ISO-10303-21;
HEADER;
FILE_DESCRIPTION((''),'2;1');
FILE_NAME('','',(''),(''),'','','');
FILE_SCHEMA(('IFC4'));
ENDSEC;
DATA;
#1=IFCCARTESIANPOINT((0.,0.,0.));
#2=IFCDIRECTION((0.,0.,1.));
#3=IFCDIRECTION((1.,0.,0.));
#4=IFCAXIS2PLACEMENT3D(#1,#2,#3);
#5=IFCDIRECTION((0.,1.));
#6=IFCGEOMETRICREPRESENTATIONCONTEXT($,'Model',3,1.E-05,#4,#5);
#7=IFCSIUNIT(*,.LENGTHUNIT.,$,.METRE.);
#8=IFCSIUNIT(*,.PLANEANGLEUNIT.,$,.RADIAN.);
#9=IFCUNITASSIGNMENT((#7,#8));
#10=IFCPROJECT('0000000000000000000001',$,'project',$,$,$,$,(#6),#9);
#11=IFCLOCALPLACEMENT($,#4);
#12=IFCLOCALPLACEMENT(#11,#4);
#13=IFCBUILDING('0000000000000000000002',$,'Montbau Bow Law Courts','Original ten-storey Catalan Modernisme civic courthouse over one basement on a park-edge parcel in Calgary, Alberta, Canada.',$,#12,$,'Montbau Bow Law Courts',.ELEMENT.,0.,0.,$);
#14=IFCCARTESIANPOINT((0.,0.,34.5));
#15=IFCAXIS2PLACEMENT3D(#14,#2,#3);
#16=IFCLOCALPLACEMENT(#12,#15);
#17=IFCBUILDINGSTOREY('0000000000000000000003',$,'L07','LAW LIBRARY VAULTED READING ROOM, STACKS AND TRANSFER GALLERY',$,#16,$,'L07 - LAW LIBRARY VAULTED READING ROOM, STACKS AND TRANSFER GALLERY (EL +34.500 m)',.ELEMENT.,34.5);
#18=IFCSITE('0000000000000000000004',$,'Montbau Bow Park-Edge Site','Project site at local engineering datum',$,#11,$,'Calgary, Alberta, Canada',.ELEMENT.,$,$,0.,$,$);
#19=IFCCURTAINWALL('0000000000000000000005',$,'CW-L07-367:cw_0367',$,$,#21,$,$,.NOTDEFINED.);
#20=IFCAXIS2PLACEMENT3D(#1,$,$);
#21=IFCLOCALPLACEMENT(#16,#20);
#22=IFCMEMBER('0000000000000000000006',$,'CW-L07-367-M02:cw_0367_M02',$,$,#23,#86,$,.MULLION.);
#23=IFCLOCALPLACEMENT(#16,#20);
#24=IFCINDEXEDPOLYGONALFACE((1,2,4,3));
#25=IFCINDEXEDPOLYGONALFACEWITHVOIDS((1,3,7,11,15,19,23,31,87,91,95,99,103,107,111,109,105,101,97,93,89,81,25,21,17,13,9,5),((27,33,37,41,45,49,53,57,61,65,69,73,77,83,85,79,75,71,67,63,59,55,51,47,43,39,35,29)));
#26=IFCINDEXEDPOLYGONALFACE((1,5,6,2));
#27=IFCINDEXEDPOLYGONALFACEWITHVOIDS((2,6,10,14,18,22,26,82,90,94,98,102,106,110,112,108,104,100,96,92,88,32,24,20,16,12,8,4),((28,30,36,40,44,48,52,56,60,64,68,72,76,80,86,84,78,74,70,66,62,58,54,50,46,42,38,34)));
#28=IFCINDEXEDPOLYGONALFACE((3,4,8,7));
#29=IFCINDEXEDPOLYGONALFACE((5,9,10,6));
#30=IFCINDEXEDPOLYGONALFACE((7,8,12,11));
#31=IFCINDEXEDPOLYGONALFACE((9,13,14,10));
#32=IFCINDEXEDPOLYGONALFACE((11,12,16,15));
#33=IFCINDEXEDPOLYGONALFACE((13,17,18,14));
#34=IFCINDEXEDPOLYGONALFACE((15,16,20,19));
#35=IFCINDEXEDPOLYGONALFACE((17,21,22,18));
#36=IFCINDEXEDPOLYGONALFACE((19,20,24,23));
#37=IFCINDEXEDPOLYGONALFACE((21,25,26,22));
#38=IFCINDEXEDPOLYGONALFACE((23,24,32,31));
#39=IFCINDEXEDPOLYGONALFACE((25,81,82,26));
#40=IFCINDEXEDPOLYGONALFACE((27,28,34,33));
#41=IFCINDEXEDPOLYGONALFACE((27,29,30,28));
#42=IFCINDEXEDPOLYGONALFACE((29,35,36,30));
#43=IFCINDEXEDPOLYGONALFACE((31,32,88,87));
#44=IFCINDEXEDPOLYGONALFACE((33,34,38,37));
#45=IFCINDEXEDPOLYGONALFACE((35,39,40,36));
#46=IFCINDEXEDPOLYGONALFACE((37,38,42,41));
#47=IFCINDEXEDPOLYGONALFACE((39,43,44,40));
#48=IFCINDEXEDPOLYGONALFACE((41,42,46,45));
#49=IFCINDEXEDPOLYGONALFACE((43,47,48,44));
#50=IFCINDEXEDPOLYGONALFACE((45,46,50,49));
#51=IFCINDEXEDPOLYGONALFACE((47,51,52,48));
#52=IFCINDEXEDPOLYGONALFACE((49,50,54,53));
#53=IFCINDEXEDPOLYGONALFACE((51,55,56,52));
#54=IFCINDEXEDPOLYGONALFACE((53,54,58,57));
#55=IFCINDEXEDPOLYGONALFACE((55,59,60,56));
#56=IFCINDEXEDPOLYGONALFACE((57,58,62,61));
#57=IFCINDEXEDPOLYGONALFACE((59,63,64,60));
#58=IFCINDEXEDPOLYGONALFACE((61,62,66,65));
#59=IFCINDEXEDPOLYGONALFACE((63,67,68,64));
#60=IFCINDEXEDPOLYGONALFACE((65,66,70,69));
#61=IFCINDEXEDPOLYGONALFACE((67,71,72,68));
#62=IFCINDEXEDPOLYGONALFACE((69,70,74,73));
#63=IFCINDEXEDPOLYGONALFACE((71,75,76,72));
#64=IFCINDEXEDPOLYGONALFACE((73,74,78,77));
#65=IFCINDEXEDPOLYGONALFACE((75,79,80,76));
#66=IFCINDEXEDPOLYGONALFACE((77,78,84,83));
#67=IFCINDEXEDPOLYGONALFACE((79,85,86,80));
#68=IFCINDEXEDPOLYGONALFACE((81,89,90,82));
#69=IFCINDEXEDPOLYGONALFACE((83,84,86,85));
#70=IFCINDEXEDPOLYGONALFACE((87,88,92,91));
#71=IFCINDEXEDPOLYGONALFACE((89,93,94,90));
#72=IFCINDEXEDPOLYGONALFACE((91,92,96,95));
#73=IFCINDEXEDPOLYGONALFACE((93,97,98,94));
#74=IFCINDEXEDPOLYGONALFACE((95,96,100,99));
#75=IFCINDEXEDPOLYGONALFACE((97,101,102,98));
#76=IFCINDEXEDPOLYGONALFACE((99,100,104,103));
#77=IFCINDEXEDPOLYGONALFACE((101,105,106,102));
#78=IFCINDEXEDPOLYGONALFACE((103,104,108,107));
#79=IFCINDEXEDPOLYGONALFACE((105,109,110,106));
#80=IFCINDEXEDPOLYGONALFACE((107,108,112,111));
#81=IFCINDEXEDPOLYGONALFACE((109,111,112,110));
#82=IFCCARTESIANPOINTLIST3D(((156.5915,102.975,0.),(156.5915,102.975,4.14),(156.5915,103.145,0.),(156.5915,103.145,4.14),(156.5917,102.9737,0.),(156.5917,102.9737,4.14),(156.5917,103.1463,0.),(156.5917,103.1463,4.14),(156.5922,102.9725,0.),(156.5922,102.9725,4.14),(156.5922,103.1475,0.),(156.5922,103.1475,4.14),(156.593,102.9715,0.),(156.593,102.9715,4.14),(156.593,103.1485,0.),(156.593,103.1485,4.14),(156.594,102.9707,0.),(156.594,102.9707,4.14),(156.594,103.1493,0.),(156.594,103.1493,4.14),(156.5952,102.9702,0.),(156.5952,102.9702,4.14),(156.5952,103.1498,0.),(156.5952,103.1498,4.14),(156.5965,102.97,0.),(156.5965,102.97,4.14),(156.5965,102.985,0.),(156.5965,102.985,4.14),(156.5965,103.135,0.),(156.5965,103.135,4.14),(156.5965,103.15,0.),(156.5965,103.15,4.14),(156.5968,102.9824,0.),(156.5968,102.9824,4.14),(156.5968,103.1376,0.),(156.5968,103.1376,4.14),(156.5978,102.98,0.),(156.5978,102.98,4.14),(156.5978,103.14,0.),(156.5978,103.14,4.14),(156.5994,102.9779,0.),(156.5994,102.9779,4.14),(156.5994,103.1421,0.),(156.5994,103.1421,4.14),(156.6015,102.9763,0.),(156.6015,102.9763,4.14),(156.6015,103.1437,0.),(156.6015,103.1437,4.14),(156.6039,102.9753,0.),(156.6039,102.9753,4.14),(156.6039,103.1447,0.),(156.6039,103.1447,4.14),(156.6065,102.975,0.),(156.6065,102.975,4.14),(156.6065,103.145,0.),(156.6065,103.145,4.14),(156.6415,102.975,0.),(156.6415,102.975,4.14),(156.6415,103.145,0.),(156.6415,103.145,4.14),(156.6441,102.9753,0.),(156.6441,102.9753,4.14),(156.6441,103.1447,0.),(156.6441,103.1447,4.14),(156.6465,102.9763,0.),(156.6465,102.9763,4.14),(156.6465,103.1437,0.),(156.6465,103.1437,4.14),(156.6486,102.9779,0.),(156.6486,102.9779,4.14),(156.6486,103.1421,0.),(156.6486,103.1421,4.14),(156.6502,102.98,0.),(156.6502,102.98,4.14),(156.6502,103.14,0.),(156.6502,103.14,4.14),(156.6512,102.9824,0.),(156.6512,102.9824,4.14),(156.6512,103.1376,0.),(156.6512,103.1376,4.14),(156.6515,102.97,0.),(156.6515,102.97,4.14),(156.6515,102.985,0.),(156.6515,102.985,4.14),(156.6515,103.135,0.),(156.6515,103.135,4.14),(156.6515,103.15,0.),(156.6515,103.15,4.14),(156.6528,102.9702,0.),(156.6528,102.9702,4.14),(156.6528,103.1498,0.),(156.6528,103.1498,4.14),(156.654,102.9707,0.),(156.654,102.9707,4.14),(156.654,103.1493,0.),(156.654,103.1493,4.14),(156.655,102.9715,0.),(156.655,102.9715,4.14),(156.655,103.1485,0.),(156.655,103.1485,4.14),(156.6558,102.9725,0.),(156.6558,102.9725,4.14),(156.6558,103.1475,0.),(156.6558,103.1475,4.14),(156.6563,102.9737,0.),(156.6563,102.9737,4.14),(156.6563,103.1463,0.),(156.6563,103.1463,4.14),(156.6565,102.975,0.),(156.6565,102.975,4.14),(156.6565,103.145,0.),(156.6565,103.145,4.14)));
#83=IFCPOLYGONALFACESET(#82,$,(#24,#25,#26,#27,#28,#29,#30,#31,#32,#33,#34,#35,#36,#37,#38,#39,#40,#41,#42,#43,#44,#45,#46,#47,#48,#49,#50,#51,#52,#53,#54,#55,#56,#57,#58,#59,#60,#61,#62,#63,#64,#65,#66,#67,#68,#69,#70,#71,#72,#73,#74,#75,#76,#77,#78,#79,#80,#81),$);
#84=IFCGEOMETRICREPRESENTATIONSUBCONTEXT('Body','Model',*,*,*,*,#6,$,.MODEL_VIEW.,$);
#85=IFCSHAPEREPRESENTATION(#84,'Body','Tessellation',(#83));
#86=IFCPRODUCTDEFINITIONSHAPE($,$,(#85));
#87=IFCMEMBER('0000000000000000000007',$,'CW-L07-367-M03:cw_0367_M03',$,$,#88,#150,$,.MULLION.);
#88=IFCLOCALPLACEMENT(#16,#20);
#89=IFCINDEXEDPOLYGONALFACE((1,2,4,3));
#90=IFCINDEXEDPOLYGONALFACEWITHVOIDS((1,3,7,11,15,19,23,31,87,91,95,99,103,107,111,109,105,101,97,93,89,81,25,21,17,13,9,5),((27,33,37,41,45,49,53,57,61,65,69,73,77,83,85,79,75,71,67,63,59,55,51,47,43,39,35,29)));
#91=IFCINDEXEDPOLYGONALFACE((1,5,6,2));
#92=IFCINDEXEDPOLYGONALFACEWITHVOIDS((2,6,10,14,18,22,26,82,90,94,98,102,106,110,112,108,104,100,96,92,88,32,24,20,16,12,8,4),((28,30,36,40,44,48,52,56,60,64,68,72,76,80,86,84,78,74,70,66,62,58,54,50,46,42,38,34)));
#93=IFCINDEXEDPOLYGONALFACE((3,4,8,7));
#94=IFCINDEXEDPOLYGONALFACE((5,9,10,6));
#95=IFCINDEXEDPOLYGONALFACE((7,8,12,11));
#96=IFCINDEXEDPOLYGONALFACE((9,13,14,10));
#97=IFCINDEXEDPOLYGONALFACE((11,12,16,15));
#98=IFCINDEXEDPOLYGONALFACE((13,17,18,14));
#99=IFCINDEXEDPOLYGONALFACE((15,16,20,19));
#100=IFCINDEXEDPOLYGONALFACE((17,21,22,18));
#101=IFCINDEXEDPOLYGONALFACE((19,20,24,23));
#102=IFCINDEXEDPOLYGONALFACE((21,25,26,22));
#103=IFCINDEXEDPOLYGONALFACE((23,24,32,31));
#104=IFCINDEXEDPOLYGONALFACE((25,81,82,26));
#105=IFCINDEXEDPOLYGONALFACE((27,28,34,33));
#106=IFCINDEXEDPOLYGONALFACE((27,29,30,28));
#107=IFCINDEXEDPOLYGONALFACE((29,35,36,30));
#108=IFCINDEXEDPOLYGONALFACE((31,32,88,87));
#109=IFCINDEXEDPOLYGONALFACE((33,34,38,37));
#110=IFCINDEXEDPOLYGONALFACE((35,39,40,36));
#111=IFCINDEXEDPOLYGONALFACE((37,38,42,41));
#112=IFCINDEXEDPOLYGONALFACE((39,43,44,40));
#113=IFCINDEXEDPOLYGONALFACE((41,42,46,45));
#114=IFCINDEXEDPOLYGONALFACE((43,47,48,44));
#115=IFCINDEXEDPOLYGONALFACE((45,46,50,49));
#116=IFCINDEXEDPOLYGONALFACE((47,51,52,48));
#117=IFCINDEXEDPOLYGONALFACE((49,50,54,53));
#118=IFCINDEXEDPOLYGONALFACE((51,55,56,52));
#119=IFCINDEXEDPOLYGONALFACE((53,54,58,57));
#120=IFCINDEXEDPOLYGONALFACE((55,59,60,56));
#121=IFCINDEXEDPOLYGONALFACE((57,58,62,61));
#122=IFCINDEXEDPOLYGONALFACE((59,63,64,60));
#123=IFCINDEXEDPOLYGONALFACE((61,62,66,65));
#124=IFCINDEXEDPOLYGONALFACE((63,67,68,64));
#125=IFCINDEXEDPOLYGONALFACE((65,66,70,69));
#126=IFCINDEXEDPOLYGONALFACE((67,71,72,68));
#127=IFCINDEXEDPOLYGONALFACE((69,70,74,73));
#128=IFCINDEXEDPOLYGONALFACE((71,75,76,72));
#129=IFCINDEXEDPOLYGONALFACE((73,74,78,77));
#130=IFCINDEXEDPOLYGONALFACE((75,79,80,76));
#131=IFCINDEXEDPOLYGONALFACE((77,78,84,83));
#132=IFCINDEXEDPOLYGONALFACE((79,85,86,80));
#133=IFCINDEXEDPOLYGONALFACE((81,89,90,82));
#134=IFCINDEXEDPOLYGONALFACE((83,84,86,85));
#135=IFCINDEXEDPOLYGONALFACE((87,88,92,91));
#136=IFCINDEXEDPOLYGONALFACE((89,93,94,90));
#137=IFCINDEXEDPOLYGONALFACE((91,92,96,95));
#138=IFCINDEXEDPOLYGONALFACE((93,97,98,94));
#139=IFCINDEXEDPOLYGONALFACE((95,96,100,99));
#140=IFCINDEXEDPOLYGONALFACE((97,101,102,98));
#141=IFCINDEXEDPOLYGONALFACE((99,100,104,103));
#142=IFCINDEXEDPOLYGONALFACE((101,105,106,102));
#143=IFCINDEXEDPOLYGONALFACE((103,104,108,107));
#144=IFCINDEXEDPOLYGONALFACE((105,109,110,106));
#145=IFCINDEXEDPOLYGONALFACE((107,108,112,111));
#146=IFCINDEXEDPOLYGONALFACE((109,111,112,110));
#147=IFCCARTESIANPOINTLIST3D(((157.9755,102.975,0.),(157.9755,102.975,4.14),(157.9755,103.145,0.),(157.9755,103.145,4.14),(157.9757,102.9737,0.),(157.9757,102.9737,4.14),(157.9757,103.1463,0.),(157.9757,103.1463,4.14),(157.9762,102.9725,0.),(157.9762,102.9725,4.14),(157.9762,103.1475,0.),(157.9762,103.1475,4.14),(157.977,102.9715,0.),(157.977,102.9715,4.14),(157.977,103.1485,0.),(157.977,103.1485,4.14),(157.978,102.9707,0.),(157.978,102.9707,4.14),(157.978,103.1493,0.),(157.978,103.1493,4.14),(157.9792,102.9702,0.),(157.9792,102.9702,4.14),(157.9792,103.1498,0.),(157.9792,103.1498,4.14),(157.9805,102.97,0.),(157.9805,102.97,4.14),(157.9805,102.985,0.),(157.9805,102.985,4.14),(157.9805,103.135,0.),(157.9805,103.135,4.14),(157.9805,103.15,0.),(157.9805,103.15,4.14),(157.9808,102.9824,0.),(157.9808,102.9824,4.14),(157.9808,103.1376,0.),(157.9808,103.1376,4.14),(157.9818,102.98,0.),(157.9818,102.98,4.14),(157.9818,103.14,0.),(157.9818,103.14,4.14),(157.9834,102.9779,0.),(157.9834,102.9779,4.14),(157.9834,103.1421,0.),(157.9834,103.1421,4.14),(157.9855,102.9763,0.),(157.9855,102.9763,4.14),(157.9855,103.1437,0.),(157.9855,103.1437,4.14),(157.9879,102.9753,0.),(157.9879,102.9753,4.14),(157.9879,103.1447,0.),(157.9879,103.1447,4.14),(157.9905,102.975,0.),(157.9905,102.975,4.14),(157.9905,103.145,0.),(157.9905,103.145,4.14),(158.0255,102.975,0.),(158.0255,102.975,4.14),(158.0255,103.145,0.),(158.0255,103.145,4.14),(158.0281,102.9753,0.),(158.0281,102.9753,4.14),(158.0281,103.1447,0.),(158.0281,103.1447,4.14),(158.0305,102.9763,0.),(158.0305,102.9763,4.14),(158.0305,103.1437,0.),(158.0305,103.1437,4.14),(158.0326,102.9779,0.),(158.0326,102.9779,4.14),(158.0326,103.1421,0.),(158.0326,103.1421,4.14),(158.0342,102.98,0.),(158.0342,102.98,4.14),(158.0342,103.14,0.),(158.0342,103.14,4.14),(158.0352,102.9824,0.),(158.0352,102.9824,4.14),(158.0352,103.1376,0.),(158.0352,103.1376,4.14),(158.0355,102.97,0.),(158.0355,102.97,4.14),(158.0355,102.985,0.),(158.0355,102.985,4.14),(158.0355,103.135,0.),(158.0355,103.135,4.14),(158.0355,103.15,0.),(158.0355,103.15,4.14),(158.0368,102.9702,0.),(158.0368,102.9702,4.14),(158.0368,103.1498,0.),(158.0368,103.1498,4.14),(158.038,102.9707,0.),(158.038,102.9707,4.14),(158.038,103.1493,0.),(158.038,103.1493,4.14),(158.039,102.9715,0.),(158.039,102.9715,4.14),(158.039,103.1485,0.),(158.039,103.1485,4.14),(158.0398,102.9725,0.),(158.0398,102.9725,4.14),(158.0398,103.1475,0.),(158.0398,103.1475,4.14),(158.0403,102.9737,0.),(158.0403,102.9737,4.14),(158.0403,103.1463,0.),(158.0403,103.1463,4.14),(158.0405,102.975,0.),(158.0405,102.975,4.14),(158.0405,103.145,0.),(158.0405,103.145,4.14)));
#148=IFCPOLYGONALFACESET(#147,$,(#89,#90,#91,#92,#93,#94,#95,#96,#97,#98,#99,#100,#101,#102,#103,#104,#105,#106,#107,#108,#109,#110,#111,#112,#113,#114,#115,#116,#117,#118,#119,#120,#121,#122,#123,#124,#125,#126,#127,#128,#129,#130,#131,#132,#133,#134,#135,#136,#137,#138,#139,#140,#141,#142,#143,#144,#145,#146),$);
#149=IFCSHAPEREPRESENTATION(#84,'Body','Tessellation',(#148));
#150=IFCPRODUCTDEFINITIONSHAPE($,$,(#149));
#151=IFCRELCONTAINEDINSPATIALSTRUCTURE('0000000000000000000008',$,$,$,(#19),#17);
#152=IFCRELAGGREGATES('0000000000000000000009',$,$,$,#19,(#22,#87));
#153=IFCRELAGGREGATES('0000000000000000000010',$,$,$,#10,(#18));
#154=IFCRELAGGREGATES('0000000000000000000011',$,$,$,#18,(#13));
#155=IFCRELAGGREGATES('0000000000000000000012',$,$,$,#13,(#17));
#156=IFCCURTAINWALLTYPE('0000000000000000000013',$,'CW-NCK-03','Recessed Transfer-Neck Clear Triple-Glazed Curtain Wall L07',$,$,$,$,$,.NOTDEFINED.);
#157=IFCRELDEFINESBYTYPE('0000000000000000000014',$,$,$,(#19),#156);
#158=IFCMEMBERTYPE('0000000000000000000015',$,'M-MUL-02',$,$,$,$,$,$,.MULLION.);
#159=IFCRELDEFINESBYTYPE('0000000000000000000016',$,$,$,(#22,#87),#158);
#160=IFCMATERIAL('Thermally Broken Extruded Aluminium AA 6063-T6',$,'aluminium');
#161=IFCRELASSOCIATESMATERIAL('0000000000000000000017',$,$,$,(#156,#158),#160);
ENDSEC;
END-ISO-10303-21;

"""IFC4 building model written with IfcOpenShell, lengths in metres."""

from ifc_helpers import new_model, si_unit, direction, frame, origin_with_axes, origin_2d_with_axis, place, context, subcontext, project, spatial, hollow_rectangle, extrude, material, material_profile, profile_set, type_object, element, aggregate, save


model = new_model("IFC4")

# Units and contexts
model_context = context("Model", 3, precision=1e-05, world=origin_with_axes(), true_north=direction((0.0, 1.0)))
body_context = subcontext(model_context, "Body", "Model", "MODEL_VIEW")
ifc_project = project(units=[si_unit("LENGTHUNIT", "METRE"), si_unit("PLANEANGLEUNIT", "RADIAN")], contexts=[model_context])

# Site, building, storey
site_placement = place(None, origin_with_axes())
site = spatial("IfcSite", under=ifc_project, at=site_placement, Name="Montbau Bow Park-Edge Site", Description="Project site at local engineering datum", LongName="Calgary, Alberta, Canada", CompositionType="ELEMENT", RefElevation=0.0)
building_placement = place(site_placement, origin_with_axes())
building = spatial("IfcBuilding", under=site, at=building_placement, Name="Montbau Bow Law Courts", Description="Original ten-storey Catalan Modernisme civic courthouse over one basement on a park-edge parcel in Calgary, Alberta, Canada.", LongName="Montbau Bow Law Courts", CompositionType="ELEMENT", ElevationOfRefHeight=0.0, ElevationOfTerrain=0.0)
storey_placement = place(building_placement, frame((0.0, 0.0, 34.5), z_axis=(0.0, 0.0, 1.0), x_axis=(1.0, 0.0, 0.0)))
storey = spatial("IfcBuildingStorey", under=building, at=storey_placement, Name="L07", Description="LAW LIBRARY VAULTED READING ROOM, STACKS AND TRANSFER GALLERY", LongName="L07 - LAW LIBRARY VAULTED READING ROOM, STACKS AND TRANSFER GALLERY (EL +34.500 m)", CompositionType="ELEMENT", Elevation=34.5)

# Curtain wall, members
ifc_material_1 = material(Name="Thermally Broken Extruded Aluminium AA 6063-T6", Category="aluminium")
curtain_wall_type = type_object("IfcCurtainWallType", Name="CW-NCK-03", Description="Recessed Transfer-Neck Clear Triple-Glazed Curtain Wall L07", PredefinedType="NOTDEFINED", material=ifc_material_1)
curtain_wall_placement = place(None, frame((155.24, 103.06, 34.5), z_axis=(0.0, 0.0, 1.0), x_axis=(1.0, 0.0, 0.0)))
curtain_wall = element("IfcCurtainWall", 1, at=curtain_wall_placement, inside=storey, type_object=curtain_wall_type, Name="CW-L07-367:cw_0367", PredefinedType="NOTDEFINED")
ifc_material_profile_1 = material_profile(ifc_material_1, hollow_rectangle(XDim=0.065, YDim=0.18, WallThickness=0.005, InnerFilletRadius=0.01, OuterFilletRadius=0.005, at=origin_2d_with_axis()), Name="CWM-180X65", Category="Main", Priority=0)
ifc_profile_set_1 = profile_set([ifc_material_profile_1], Name="Thermally Broken Extruded Aluminium AA 6063-T6")
member_type_1 = type_object("IfcMemberType", Name="M-MUL-02", PredefinedType="MULLION", material=ifc_profile_set_1)
member_1_placement = place(None, frame((156.624, 103.06, 34.5), z_axis=(0.0, 0.0, 1.0), x_axis=(1.0, 0.0, 0.0)))
member_1 = element("IfcMember", 2, at=member_1_placement, type_object=member_type_1, Name="CW-L07-367-M02:cw_0367_M02", PredefinedType="MULLION", context=body_context, shape_type="SweptSolid", body=[
    extrude(hollow_rectangle(XDim=0.065, YDim=0.18, WallThickness=0.005, InnerFilletRadius=0.01, OuterFilletRadius=0.005, at=origin_2d_with_axis()), origin_with_axes(), (0.0, 0.0, 1.0), 4.14),
])
member_2_placement = place(None, frame((158.008, 103.06, 34.5), z_axis=(0.0, 0.0, 1.0), x_axis=(1.0, 0.0, 0.0)))
member_2 = element("IfcMember", 3, at=member_2_placement, type_object=member_type_1, Name="CW-L07-367-M03:cw_0367_M03", PredefinedType="MULLION", context=body_context, shape_type="SweptSolid", body=[
    extrude(hollow_rectangle(XDim=0.065, YDim=0.18, WallThickness=0.005, InnerFilletRadius=0.01, OuterFilletRadius=0.005, at=origin_2d_with_axis()), origin_with_axes(), (0.0, 0.0, 1.0), 4.14),
])
aggregate(curtain_wall, [member_1, member_2])

save(model, "model.ifc")
